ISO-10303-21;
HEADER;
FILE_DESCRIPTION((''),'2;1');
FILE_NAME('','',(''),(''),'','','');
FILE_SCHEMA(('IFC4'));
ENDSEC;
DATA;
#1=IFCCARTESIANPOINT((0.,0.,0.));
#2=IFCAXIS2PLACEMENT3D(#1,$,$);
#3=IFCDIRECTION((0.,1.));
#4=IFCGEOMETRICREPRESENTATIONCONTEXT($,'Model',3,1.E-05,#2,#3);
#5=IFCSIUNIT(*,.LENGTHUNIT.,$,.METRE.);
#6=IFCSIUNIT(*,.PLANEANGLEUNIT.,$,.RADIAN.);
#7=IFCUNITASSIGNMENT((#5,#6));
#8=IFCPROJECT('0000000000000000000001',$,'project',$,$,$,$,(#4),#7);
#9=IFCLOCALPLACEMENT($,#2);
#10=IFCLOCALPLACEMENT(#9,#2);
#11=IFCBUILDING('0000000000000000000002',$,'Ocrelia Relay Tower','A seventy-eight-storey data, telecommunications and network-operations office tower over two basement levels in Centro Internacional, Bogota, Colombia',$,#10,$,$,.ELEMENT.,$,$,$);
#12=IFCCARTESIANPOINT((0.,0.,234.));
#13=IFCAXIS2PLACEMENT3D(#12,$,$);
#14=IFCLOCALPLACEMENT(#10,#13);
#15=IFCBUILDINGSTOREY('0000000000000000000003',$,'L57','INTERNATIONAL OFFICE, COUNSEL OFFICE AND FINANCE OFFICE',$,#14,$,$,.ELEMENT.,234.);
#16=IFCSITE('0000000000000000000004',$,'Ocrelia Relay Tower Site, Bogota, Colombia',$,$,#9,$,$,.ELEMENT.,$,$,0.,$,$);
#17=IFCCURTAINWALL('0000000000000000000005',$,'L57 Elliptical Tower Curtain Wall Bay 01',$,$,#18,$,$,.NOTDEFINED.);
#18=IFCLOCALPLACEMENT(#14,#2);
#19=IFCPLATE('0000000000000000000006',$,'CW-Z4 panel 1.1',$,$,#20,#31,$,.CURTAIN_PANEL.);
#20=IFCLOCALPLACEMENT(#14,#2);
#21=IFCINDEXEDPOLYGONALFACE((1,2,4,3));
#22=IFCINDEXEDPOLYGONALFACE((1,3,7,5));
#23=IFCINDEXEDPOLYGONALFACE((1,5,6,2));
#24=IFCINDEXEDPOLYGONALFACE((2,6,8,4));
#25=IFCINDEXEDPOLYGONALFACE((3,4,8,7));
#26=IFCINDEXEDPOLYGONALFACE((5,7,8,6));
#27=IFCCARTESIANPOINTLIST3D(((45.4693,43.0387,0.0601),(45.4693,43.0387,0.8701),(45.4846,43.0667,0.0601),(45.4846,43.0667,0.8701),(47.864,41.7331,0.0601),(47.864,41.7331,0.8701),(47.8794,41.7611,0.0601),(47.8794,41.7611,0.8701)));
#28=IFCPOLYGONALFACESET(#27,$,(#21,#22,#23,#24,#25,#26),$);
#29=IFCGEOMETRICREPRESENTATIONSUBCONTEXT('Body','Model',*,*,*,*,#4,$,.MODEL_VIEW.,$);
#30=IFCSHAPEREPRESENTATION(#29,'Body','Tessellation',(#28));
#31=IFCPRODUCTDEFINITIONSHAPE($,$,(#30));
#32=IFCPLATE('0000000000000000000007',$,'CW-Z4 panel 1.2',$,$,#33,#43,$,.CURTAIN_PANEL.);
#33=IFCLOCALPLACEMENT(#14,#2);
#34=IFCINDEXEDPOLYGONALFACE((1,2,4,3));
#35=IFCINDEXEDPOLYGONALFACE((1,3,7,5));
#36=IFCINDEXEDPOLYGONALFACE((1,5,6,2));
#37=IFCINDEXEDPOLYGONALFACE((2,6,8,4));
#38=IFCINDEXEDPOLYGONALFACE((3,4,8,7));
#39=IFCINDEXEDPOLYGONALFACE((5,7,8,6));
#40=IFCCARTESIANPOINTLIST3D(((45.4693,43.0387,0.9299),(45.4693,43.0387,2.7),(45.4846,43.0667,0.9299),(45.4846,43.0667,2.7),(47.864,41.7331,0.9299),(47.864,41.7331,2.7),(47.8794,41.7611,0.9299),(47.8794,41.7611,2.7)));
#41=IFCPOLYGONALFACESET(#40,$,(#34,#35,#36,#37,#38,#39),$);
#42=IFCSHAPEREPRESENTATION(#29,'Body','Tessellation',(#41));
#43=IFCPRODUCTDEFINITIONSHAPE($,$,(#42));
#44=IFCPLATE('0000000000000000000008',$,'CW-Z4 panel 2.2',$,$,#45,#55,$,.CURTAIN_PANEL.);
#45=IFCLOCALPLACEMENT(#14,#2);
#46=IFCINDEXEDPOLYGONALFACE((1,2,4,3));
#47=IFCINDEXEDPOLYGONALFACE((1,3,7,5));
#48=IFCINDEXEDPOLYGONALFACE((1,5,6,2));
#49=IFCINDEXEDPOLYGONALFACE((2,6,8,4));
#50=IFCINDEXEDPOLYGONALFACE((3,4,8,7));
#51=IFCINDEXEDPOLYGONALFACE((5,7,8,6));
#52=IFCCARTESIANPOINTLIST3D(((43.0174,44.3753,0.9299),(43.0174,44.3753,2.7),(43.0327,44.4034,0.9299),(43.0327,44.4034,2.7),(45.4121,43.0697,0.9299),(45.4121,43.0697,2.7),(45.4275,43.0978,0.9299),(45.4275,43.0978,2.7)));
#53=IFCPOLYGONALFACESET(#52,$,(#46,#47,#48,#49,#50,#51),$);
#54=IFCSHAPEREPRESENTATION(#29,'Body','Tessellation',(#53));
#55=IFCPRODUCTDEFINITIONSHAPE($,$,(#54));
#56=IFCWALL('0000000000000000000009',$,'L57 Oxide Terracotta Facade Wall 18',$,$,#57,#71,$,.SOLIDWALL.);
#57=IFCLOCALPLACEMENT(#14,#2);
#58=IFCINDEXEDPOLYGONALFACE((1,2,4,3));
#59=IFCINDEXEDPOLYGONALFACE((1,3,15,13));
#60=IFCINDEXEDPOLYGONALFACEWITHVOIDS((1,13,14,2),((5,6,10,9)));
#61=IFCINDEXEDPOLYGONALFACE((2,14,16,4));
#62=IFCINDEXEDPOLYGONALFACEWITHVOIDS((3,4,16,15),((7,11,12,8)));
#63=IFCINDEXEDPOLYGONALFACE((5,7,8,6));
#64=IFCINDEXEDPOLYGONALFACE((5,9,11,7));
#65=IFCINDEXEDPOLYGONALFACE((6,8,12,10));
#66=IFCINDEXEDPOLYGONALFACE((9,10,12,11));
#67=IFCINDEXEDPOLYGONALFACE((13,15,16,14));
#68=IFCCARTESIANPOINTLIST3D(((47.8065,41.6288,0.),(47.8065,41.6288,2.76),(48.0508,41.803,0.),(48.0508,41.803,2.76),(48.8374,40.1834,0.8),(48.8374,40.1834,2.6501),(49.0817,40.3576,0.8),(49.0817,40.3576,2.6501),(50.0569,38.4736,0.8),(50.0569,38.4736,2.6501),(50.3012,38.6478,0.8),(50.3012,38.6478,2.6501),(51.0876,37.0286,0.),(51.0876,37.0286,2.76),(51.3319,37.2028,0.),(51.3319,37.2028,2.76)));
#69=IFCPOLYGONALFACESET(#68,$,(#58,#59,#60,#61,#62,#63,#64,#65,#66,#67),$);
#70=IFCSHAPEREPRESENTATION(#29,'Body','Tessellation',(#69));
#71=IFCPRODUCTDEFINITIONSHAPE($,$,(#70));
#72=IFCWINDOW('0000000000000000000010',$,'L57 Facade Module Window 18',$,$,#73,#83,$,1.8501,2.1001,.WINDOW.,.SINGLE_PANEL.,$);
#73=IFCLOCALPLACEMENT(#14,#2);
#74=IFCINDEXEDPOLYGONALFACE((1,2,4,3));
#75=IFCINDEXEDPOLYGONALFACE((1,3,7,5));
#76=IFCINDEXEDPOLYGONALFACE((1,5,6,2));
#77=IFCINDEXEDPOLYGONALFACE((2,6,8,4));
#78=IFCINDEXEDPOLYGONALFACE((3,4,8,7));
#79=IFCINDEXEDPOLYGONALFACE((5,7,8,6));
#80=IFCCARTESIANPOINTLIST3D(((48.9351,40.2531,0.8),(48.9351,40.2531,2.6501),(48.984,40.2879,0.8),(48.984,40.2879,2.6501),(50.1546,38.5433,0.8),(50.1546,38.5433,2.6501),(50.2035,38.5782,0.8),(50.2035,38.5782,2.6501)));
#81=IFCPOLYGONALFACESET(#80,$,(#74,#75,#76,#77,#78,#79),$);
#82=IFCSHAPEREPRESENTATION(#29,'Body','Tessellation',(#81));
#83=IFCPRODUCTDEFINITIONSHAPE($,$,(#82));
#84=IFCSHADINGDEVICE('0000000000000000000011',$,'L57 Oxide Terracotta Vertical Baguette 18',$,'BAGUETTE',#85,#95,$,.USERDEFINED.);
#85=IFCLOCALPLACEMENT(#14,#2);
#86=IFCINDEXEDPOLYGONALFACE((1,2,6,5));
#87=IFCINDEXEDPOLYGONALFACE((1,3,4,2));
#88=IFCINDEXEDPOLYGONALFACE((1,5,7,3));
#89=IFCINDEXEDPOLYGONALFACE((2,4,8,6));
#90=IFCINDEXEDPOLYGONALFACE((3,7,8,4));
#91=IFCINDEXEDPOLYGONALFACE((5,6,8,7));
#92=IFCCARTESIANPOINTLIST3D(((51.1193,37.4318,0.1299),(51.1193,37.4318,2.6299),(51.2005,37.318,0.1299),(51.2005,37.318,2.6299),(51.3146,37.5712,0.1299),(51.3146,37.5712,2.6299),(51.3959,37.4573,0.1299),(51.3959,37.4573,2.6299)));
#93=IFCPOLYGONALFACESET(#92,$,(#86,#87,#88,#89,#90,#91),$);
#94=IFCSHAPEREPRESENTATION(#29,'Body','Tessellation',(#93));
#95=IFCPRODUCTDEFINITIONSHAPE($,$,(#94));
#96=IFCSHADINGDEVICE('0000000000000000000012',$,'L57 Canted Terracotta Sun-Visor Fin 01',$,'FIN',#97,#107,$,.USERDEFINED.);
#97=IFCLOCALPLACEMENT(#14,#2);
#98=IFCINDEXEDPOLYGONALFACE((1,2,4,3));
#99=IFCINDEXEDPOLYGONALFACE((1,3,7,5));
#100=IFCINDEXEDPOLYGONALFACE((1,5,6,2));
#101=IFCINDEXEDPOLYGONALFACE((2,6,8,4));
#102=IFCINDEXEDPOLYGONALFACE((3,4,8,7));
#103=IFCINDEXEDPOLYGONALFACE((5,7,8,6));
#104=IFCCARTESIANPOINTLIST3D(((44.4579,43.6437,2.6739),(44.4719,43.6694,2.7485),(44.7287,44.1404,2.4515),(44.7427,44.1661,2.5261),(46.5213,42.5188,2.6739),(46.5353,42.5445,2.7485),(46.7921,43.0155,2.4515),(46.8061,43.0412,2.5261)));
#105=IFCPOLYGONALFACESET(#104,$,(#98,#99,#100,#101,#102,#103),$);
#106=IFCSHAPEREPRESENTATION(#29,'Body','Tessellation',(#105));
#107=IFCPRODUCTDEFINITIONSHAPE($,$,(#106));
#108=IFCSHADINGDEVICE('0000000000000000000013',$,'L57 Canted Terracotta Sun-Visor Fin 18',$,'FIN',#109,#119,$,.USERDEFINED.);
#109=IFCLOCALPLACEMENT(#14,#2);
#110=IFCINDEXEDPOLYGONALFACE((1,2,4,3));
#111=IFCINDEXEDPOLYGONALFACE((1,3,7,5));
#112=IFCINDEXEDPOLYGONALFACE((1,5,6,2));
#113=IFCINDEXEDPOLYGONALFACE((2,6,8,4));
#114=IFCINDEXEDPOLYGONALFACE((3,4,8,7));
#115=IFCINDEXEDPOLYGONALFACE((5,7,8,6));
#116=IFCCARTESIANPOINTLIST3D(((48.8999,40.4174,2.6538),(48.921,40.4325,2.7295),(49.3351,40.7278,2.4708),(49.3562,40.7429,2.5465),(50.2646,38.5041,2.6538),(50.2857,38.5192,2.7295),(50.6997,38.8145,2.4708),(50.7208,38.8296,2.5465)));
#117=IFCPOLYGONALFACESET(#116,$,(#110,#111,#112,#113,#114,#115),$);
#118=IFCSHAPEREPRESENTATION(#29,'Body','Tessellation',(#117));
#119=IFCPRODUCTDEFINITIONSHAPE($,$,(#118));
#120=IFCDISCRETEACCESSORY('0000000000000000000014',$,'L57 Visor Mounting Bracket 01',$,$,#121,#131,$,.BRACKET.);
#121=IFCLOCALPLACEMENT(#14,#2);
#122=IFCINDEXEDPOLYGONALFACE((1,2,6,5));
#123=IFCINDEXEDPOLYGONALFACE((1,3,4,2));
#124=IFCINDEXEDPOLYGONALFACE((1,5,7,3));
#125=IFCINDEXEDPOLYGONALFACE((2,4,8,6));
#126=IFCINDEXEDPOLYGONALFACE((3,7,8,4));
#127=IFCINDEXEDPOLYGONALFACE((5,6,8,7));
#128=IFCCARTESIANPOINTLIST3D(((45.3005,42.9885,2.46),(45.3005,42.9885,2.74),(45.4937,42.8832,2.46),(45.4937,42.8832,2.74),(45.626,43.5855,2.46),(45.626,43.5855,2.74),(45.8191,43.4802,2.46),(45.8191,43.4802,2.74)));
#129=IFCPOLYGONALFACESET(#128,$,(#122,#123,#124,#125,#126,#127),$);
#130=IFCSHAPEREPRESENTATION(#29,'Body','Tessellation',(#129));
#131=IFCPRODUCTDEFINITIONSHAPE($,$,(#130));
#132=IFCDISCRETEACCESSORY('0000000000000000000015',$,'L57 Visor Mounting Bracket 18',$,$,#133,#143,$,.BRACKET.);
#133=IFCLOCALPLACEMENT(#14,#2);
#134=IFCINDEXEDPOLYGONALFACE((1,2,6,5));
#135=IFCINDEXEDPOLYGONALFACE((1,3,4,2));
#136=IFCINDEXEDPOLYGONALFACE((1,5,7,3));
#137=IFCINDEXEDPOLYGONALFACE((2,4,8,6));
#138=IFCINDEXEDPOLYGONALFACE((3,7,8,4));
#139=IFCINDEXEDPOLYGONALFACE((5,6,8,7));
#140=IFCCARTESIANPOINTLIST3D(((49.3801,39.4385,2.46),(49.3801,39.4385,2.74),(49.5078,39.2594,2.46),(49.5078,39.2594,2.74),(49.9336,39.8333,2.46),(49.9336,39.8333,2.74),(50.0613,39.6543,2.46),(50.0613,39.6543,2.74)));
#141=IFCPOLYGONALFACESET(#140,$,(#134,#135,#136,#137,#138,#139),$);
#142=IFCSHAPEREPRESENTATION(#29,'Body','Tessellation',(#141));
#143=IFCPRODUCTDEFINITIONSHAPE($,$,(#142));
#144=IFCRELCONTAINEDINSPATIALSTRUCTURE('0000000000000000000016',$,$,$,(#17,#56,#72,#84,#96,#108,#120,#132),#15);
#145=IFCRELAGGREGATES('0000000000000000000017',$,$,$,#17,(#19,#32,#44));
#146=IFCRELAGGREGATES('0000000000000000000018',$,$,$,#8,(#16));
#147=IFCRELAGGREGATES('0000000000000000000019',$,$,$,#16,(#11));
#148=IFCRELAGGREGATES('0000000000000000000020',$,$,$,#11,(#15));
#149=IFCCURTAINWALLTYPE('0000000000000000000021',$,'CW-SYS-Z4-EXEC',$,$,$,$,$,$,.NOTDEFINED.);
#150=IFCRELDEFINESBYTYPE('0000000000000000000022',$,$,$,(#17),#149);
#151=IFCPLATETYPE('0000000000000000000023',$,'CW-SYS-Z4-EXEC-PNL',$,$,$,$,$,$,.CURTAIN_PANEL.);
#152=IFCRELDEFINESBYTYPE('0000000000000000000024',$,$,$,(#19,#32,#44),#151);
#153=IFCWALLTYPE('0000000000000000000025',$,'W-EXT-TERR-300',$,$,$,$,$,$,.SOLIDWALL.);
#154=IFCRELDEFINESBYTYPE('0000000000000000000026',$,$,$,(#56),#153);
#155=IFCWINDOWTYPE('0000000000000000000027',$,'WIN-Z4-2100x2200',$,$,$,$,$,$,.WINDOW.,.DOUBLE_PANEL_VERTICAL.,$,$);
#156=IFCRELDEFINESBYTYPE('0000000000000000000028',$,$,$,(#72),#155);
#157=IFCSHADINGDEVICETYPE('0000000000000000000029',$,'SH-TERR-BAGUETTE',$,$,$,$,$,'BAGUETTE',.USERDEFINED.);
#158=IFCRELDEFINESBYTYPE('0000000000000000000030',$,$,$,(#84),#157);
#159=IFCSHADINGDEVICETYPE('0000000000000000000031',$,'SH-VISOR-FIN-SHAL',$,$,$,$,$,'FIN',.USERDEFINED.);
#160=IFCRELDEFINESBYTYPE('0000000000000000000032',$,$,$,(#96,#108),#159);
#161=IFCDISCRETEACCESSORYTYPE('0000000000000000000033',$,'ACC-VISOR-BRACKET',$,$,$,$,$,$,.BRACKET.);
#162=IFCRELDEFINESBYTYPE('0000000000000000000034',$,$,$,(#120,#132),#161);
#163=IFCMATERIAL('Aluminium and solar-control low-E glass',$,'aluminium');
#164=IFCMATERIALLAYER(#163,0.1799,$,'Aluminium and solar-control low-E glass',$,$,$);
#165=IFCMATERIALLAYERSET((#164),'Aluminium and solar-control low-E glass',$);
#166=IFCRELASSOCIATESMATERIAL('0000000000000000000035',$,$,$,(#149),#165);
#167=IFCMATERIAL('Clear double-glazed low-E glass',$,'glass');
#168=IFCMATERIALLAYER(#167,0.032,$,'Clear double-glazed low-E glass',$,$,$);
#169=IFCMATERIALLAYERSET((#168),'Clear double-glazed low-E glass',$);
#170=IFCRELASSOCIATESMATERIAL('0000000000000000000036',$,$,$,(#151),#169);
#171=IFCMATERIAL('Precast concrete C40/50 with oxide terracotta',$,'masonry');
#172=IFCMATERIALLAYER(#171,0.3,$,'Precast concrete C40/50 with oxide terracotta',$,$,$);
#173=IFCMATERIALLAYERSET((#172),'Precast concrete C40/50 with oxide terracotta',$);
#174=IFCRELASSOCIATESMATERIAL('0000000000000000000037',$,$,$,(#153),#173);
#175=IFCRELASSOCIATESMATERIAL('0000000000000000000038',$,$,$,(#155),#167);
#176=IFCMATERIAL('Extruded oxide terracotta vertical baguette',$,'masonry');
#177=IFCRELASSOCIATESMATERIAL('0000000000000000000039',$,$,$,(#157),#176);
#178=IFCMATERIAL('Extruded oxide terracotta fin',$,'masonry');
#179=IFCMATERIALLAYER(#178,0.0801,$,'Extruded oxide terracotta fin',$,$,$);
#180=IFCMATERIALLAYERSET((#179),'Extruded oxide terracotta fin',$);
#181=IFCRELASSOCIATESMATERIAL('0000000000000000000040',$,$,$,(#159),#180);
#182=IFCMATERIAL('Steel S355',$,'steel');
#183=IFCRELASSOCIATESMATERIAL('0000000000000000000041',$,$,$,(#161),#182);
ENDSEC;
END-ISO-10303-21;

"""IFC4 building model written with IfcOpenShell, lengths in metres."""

from ifc_helpers import new_model, si_unit, direction, frame, frame_2d, origin, origin_2d, place, context, subcontext, project, spatial, rectangle, extrude, material, layer, layer_set, type_object, element, fill, aggregate, save


model = new_model("IFC4")

# Units and contexts
model_context = context("Model", 3, precision=1e-05, world=origin(), true_north=direction((0.0, 1.0)))
body_context = subcontext(model_context, "Body", "Model", "MODEL_VIEW")
ifc_project = project(units=[si_unit("LENGTHUNIT", "METRE"), si_unit("PLANEANGLEUNIT", "RADIAN")], contexts=[model_context])

# Site, building, storey
site_placement = place(None, origin())
site = spatial("IfcSite", under=ifc_project, at=site_placement, Name="Ocrelia Relay Tower Site, Bogota, Colombia", CompositionType="ELEMENT", RefElevation=0.0)
building_placement = place(site_placement, origin())
building = spatial("IfcBuilding", under=site, at=building_placement, Name="Ocrelia Relay Tower", Description="A seventy-eight-storey data, telecommunications and network-operations office tower over two basement levels in Centro Internacional, Bogota, Colombia", CompositionType="ELEMENT")
storey_placement = place(building_placement, frame((0.0, 0.0, 234.0)))
storey = spatial("IfcBuildingStorey", under=building, at=storey_placement, Name="L57", Description="INTERNATIONAL OFFICE, COUNSEL OFFICE AND FINANCE OFFICE", CompositionType="ELEMENT", Elevation=234.0)

# Shared definitions
ifc_material_1 = material(Name="Steel S355", Category="steel")

# Curtain wall, plates
ifc_material_2 = material(Name="Aluminium and solar-control low-E glass", Category="aluminium")
ifc_layer_1 = layer(ifc_material_2, 0.1799, Name="Aluminium and solar-control low-E glass")
ifc_layer_set_1 = layer_set([ifc_layer_1], Name="Aluminium and solar-control low-E glass")
curtain_wall_type = type_object("IfcCurtainWallType", Name="CW-SYS-Z4-EXEC", PredefinedType="NOTDEFINED", material=ifc_layer_set_1)
curtain_wall_placement = place(storey_placement, origin())
curtain_wall = element("IfcCurtainWall", 1, at=curtain_wall_placement, inside=storey, type_object=curtain_wall_type, Name="L57 Elliptical Tower Curtain Wall Bay 01", PredefinedType="NOTDEFINED")
ifc_material_3 = material(Name="Clear double-glazed low-E glass", Category="glass")
ifc_layer_2 = layer(ifc_material_3, 0.032, Name="Clear double-glazed low-E glass")
ifc_layer_set_2 = layer_set([ifc_layer_2], Name="Clear double-glazed low-E glass")
plate_type = type_object("IfcPlateType", Name="CW-SYS-Z4-EXEC-PNL", PredefinedType="CURTAIN_PANEL", material=ifc_layer_set_2)
plate_1_placement = place(storey_placement, frame((46.6743, 42.3999, 0.0601), z_axis=(0.0, 0.0, 1.0), x_axis=(-0.877996, 0.478669, 0.0)))
plate_1 = element("IfcPlate", 2, at=plate_1_placement, type_object=plate_type, Name="CW-Z4 panel 1.1", PredefinedType="CURTAIN_PANEL", context=body_context, shape_type="SweptSolid", body=[
    extrude(rectangle(XDim=2.7275, YDim=0.032, at=origin_2d()), origin(), (0.0, 0.0, 1.0), 0.8101),
])
plate_2_placement = place(storey_placement, frame((46.6743, 42.3999, 0.9299), z_axis=(0.0, 0.0, 1.0), x_axis=(-0.877996, 0.478669, 0.0)))
plate_2 = element("IfcPlate", 3, at=plate_2_placement, type_object=plate_type, Name="CW-Z4 panel 1.2", PredefinedType="CURTAIN_PANEL", context=body_context, shape_type="SweptSolid", body=[
    extrude(rectangle(XDim=2.7275, YDim=0.032, at=origin_2d()), origin(), (0.0, 0.0, 1.0), 1.77),
])
plate_3_placement = place(storey_placement, frame((44.2224, 43.7366, 0.9299), z_axis=(0.0, 0.0, 1.0), x_axis=(-0.877996, 0.478669, 0.0)))
plate_3 = element("IfcPlate", 4, at=plate_3_placement, type_object=plate_type, Name="CW-Z4 panel 2.2", PredefinedType="CURTAIN_PANEL", context=body_context, shape_type="SweptSolid", body=[
    extrude(rectangle(XDim=2.7275, YDim=0.032, at=origin_2d()), origin(), (0.0, 0.0, 1.0), 1.77),
])
aggregate(curtain_wall, [plate_1, plate_2, plate_3])

# Wall, opening, window
ifc_material_4 = material(Name="Precast concrete C40/50 with oxide terracotta", Category="masonry")
ifc_layer_3 = layer(ifc_material_4, 0.3, Name="Precast concrete C40/50 with oxide terracotta")
ifc_layer_set_3 = layer_set([ifc_layer_3], Name="Precast concrete C40/50 with oxide terracotta")
wall_type = type_object("IfcWallType", Name="W-EXT-TERR-300", PredefinedType="SOLIDWALL", material=ifc_layer_set_3)
wall_placement = place(storey_placement, frame((51.2097, 37.1157, 0.0), z_axis=(0.0, 0.0, 1.0), x_axis=(-0.580678, 0.814133, 0.0)))
wall = element("IfcWall", 5, at=wall_placement, inside=storey, type_object=wall_type, Name="L57 Oxide Terracotta Facade Wall 18", PredefinedType="SOLIDWALL", context=body_context, shape_type="SweptSolid", body=[
    extrude(rectangle(XDim=5.6504, YDim=0.3, at=frame_2d((2.8252, 0.0))), origin(), (0.0, 0.0, 1.0), 2.76),
])
opening_placement = place(wall_placement, frame((1.7749, 0.0, 0.8)))
opening = element("IfcOpeningElement", 6, at=opening_placement, cuts=wall, PredefinedType="OPENING", context=body_context, shape_type="SweptSolid", body=[
    extrude(rectangle(XDim=2.1001, YDim=1.8501, at=frame_2d((1.05, 0.925))), frame((0.0, 0.1602, 0.0), z_axis=(0.0, -1.0, 0.0), x_axis=(1.0, 0.0, 0.0)), (0.0, 0.0, 1.0), 0.3201),
])
window_type = type_object("IfcWindowType", Name="WIN-Z4-2100x2200", PartitioningType="DOUBLE_PANEL_VERTICAL", PredefinedType="WINDOW", material=ifc_material_3)
window_placement = place(opening_placement, origin())
window = element("IfcWindow", 7, at=window_placement, inside=storey, type_object=window_type, Name="L57 Facade Module Window 18", OverallHeight=1.8501, OverallWidth=2.1001, PartitioningType="SINGLE_PANEL", PredefinedType="WINDOW", context=body_context, shape_type="SweptSolid", body=[
    extrude(rectangle(XDim=2.1001, YDim=1.8501, at=frame_2d((1.05, 0.925))), frame((0.0, 0.03, 0.0), z_axis=(0.0, -1.0, 0.0), x_axis=(1.0, 0.0, 0.0)), (0.0, 0.0, 1.0), 0.0601),
])
fill(opening, window)

# Shading devices
ifc_material_5 = material(Name="Extruded oxide terracotta vertical baguette", Category="masonry")
shading_device_type_1 = type_object("IfcShadingDeviceType", Name="SH-TERR-BAGUETTE", ElementType="BAGUETTE", PredefinedType="USERDEFINED", material=ifc_material_5)
shading_device_1_placement = place(storey_placement, frame((51.2576, 37.4446, 0.1299), z_axis=(0.0, 0.0, 1.0), x_axis=(-0.580677, 0.814134, 0.0)))
element("IfcShadingDevice", 8, at=shading_device_1_placement, inside=storey, type_object=shading_device_type_1, Name="L57 Oxide Terracotta Vertical Baguette 18", ObjectType="BAGUETTE", PredefinedType="USERDEFINED", context=body_context, shape_type="SweptSolid", body=[
    extrude(rectangle(XDim=0.1399, YDim=0.24, at=origin_2d()), origin(), (0.0, 0.0, 1.0), 2.5),
])
ifc_material_6 = material(Name="Extruded oxide terracotta fin", Category="masonry")
ifc_layer_4 = layer(ifc_material_6, 0.0801, Name="Extruded oxide terracotta fin")
ifc_layer_set_4 = layer_set([ifc_layer_4], Name="Extruded oxide terracotta fin")
shading_device_type_2 = type_object("IfcShadingDeviceType", Name="SH-VISOR-FIN-SHAL", ElementType="FIN", PredefinedType="USERDEFINED", material=ifc_layer_set_4)
shading_device_2_placement = place(storey_placement, frame((45.625, 43.3296, 2.5627), z_axis=(0.175122, 0.321216, 0.930673), x_axis=(-0.877996, 0.478669, 0.0)))
element("IfcShadingDevice", 9, at=shading_device_2_placement, inside=storey, type_object=shading_device_type_2, Name="L57 Canted Terracotta Sun-Visor Fin 01", ObjectType="FIN", PredefinedType="USERDEFINED", context=body_context, shape_type="SweptSolid", body=[
    extrude(rectangle(XDim=2.3501, YDim=0.6079, at=origin_2d()), origin(), (0.0, 0.0, 1.0), 0.0801),
])
shading_device_3_placement = place(storey_placement, frame((49.7998, 39.616, 2.5623), z_axis=(0.263712, 0.188091, 0.946085), x_axis=(-0.580677, 0.814134, 0.0)))
element("IfcShadingDevice", 10, at=shading_device_3_placement, inside=storey, type_object=shading_device_type_2, Name="L57 Canted Terracotta Sun-Visor Fin 18", ObjectType="FIN", PredefinedType="USERDEFINED", context=body_context, shape_type="SweptSolid", body=[
    extrude(rectangle(XDim=2.3501, YDim=0.5649, at=origin_2d()), origin(), (0.0, 0.0, 1.0), 0.0801),
])

# Discrete accessories
discrete_accessory_type = type_object("IfcDiscreteAccessoryType", Name="ACC-VISOR-BRACKET", PredefinedType="BRACKET", material=ifc_material_1)
for number, where, z_axis, x_axis, name in (
    (11, (45.5598, 43.2344, 2.46), (0.0, 0.0, 1.0), (-0.877996, 0.478669, 0.0), "L57 Visor Mounting Bracket 01"),
    (12, (49.7207, 39.5464, 2.46), (0.0, 0.0, 1.0), (-0.580677, 0.814134, 0.0), "L57 Visor Mounting Bracket 18"),
):
    element("IfcDiscreteAccessory", number, at=place(storey_placement, frame(where, z_axis=z_axis, x_axis=x_axis)), inside=storey, type_object=discrete_accessory_type, Name=name, PredefinedType="BRACKET", context=body_context, shape_type="SweptSolid", body=[
        extrude(rectangle(XDim=0.22, YDim=0.6799, at=origin_2d()), origin(), (0.0, 0.0, 1.0), 0.28),
    ])

save(model, "model.ifc")
